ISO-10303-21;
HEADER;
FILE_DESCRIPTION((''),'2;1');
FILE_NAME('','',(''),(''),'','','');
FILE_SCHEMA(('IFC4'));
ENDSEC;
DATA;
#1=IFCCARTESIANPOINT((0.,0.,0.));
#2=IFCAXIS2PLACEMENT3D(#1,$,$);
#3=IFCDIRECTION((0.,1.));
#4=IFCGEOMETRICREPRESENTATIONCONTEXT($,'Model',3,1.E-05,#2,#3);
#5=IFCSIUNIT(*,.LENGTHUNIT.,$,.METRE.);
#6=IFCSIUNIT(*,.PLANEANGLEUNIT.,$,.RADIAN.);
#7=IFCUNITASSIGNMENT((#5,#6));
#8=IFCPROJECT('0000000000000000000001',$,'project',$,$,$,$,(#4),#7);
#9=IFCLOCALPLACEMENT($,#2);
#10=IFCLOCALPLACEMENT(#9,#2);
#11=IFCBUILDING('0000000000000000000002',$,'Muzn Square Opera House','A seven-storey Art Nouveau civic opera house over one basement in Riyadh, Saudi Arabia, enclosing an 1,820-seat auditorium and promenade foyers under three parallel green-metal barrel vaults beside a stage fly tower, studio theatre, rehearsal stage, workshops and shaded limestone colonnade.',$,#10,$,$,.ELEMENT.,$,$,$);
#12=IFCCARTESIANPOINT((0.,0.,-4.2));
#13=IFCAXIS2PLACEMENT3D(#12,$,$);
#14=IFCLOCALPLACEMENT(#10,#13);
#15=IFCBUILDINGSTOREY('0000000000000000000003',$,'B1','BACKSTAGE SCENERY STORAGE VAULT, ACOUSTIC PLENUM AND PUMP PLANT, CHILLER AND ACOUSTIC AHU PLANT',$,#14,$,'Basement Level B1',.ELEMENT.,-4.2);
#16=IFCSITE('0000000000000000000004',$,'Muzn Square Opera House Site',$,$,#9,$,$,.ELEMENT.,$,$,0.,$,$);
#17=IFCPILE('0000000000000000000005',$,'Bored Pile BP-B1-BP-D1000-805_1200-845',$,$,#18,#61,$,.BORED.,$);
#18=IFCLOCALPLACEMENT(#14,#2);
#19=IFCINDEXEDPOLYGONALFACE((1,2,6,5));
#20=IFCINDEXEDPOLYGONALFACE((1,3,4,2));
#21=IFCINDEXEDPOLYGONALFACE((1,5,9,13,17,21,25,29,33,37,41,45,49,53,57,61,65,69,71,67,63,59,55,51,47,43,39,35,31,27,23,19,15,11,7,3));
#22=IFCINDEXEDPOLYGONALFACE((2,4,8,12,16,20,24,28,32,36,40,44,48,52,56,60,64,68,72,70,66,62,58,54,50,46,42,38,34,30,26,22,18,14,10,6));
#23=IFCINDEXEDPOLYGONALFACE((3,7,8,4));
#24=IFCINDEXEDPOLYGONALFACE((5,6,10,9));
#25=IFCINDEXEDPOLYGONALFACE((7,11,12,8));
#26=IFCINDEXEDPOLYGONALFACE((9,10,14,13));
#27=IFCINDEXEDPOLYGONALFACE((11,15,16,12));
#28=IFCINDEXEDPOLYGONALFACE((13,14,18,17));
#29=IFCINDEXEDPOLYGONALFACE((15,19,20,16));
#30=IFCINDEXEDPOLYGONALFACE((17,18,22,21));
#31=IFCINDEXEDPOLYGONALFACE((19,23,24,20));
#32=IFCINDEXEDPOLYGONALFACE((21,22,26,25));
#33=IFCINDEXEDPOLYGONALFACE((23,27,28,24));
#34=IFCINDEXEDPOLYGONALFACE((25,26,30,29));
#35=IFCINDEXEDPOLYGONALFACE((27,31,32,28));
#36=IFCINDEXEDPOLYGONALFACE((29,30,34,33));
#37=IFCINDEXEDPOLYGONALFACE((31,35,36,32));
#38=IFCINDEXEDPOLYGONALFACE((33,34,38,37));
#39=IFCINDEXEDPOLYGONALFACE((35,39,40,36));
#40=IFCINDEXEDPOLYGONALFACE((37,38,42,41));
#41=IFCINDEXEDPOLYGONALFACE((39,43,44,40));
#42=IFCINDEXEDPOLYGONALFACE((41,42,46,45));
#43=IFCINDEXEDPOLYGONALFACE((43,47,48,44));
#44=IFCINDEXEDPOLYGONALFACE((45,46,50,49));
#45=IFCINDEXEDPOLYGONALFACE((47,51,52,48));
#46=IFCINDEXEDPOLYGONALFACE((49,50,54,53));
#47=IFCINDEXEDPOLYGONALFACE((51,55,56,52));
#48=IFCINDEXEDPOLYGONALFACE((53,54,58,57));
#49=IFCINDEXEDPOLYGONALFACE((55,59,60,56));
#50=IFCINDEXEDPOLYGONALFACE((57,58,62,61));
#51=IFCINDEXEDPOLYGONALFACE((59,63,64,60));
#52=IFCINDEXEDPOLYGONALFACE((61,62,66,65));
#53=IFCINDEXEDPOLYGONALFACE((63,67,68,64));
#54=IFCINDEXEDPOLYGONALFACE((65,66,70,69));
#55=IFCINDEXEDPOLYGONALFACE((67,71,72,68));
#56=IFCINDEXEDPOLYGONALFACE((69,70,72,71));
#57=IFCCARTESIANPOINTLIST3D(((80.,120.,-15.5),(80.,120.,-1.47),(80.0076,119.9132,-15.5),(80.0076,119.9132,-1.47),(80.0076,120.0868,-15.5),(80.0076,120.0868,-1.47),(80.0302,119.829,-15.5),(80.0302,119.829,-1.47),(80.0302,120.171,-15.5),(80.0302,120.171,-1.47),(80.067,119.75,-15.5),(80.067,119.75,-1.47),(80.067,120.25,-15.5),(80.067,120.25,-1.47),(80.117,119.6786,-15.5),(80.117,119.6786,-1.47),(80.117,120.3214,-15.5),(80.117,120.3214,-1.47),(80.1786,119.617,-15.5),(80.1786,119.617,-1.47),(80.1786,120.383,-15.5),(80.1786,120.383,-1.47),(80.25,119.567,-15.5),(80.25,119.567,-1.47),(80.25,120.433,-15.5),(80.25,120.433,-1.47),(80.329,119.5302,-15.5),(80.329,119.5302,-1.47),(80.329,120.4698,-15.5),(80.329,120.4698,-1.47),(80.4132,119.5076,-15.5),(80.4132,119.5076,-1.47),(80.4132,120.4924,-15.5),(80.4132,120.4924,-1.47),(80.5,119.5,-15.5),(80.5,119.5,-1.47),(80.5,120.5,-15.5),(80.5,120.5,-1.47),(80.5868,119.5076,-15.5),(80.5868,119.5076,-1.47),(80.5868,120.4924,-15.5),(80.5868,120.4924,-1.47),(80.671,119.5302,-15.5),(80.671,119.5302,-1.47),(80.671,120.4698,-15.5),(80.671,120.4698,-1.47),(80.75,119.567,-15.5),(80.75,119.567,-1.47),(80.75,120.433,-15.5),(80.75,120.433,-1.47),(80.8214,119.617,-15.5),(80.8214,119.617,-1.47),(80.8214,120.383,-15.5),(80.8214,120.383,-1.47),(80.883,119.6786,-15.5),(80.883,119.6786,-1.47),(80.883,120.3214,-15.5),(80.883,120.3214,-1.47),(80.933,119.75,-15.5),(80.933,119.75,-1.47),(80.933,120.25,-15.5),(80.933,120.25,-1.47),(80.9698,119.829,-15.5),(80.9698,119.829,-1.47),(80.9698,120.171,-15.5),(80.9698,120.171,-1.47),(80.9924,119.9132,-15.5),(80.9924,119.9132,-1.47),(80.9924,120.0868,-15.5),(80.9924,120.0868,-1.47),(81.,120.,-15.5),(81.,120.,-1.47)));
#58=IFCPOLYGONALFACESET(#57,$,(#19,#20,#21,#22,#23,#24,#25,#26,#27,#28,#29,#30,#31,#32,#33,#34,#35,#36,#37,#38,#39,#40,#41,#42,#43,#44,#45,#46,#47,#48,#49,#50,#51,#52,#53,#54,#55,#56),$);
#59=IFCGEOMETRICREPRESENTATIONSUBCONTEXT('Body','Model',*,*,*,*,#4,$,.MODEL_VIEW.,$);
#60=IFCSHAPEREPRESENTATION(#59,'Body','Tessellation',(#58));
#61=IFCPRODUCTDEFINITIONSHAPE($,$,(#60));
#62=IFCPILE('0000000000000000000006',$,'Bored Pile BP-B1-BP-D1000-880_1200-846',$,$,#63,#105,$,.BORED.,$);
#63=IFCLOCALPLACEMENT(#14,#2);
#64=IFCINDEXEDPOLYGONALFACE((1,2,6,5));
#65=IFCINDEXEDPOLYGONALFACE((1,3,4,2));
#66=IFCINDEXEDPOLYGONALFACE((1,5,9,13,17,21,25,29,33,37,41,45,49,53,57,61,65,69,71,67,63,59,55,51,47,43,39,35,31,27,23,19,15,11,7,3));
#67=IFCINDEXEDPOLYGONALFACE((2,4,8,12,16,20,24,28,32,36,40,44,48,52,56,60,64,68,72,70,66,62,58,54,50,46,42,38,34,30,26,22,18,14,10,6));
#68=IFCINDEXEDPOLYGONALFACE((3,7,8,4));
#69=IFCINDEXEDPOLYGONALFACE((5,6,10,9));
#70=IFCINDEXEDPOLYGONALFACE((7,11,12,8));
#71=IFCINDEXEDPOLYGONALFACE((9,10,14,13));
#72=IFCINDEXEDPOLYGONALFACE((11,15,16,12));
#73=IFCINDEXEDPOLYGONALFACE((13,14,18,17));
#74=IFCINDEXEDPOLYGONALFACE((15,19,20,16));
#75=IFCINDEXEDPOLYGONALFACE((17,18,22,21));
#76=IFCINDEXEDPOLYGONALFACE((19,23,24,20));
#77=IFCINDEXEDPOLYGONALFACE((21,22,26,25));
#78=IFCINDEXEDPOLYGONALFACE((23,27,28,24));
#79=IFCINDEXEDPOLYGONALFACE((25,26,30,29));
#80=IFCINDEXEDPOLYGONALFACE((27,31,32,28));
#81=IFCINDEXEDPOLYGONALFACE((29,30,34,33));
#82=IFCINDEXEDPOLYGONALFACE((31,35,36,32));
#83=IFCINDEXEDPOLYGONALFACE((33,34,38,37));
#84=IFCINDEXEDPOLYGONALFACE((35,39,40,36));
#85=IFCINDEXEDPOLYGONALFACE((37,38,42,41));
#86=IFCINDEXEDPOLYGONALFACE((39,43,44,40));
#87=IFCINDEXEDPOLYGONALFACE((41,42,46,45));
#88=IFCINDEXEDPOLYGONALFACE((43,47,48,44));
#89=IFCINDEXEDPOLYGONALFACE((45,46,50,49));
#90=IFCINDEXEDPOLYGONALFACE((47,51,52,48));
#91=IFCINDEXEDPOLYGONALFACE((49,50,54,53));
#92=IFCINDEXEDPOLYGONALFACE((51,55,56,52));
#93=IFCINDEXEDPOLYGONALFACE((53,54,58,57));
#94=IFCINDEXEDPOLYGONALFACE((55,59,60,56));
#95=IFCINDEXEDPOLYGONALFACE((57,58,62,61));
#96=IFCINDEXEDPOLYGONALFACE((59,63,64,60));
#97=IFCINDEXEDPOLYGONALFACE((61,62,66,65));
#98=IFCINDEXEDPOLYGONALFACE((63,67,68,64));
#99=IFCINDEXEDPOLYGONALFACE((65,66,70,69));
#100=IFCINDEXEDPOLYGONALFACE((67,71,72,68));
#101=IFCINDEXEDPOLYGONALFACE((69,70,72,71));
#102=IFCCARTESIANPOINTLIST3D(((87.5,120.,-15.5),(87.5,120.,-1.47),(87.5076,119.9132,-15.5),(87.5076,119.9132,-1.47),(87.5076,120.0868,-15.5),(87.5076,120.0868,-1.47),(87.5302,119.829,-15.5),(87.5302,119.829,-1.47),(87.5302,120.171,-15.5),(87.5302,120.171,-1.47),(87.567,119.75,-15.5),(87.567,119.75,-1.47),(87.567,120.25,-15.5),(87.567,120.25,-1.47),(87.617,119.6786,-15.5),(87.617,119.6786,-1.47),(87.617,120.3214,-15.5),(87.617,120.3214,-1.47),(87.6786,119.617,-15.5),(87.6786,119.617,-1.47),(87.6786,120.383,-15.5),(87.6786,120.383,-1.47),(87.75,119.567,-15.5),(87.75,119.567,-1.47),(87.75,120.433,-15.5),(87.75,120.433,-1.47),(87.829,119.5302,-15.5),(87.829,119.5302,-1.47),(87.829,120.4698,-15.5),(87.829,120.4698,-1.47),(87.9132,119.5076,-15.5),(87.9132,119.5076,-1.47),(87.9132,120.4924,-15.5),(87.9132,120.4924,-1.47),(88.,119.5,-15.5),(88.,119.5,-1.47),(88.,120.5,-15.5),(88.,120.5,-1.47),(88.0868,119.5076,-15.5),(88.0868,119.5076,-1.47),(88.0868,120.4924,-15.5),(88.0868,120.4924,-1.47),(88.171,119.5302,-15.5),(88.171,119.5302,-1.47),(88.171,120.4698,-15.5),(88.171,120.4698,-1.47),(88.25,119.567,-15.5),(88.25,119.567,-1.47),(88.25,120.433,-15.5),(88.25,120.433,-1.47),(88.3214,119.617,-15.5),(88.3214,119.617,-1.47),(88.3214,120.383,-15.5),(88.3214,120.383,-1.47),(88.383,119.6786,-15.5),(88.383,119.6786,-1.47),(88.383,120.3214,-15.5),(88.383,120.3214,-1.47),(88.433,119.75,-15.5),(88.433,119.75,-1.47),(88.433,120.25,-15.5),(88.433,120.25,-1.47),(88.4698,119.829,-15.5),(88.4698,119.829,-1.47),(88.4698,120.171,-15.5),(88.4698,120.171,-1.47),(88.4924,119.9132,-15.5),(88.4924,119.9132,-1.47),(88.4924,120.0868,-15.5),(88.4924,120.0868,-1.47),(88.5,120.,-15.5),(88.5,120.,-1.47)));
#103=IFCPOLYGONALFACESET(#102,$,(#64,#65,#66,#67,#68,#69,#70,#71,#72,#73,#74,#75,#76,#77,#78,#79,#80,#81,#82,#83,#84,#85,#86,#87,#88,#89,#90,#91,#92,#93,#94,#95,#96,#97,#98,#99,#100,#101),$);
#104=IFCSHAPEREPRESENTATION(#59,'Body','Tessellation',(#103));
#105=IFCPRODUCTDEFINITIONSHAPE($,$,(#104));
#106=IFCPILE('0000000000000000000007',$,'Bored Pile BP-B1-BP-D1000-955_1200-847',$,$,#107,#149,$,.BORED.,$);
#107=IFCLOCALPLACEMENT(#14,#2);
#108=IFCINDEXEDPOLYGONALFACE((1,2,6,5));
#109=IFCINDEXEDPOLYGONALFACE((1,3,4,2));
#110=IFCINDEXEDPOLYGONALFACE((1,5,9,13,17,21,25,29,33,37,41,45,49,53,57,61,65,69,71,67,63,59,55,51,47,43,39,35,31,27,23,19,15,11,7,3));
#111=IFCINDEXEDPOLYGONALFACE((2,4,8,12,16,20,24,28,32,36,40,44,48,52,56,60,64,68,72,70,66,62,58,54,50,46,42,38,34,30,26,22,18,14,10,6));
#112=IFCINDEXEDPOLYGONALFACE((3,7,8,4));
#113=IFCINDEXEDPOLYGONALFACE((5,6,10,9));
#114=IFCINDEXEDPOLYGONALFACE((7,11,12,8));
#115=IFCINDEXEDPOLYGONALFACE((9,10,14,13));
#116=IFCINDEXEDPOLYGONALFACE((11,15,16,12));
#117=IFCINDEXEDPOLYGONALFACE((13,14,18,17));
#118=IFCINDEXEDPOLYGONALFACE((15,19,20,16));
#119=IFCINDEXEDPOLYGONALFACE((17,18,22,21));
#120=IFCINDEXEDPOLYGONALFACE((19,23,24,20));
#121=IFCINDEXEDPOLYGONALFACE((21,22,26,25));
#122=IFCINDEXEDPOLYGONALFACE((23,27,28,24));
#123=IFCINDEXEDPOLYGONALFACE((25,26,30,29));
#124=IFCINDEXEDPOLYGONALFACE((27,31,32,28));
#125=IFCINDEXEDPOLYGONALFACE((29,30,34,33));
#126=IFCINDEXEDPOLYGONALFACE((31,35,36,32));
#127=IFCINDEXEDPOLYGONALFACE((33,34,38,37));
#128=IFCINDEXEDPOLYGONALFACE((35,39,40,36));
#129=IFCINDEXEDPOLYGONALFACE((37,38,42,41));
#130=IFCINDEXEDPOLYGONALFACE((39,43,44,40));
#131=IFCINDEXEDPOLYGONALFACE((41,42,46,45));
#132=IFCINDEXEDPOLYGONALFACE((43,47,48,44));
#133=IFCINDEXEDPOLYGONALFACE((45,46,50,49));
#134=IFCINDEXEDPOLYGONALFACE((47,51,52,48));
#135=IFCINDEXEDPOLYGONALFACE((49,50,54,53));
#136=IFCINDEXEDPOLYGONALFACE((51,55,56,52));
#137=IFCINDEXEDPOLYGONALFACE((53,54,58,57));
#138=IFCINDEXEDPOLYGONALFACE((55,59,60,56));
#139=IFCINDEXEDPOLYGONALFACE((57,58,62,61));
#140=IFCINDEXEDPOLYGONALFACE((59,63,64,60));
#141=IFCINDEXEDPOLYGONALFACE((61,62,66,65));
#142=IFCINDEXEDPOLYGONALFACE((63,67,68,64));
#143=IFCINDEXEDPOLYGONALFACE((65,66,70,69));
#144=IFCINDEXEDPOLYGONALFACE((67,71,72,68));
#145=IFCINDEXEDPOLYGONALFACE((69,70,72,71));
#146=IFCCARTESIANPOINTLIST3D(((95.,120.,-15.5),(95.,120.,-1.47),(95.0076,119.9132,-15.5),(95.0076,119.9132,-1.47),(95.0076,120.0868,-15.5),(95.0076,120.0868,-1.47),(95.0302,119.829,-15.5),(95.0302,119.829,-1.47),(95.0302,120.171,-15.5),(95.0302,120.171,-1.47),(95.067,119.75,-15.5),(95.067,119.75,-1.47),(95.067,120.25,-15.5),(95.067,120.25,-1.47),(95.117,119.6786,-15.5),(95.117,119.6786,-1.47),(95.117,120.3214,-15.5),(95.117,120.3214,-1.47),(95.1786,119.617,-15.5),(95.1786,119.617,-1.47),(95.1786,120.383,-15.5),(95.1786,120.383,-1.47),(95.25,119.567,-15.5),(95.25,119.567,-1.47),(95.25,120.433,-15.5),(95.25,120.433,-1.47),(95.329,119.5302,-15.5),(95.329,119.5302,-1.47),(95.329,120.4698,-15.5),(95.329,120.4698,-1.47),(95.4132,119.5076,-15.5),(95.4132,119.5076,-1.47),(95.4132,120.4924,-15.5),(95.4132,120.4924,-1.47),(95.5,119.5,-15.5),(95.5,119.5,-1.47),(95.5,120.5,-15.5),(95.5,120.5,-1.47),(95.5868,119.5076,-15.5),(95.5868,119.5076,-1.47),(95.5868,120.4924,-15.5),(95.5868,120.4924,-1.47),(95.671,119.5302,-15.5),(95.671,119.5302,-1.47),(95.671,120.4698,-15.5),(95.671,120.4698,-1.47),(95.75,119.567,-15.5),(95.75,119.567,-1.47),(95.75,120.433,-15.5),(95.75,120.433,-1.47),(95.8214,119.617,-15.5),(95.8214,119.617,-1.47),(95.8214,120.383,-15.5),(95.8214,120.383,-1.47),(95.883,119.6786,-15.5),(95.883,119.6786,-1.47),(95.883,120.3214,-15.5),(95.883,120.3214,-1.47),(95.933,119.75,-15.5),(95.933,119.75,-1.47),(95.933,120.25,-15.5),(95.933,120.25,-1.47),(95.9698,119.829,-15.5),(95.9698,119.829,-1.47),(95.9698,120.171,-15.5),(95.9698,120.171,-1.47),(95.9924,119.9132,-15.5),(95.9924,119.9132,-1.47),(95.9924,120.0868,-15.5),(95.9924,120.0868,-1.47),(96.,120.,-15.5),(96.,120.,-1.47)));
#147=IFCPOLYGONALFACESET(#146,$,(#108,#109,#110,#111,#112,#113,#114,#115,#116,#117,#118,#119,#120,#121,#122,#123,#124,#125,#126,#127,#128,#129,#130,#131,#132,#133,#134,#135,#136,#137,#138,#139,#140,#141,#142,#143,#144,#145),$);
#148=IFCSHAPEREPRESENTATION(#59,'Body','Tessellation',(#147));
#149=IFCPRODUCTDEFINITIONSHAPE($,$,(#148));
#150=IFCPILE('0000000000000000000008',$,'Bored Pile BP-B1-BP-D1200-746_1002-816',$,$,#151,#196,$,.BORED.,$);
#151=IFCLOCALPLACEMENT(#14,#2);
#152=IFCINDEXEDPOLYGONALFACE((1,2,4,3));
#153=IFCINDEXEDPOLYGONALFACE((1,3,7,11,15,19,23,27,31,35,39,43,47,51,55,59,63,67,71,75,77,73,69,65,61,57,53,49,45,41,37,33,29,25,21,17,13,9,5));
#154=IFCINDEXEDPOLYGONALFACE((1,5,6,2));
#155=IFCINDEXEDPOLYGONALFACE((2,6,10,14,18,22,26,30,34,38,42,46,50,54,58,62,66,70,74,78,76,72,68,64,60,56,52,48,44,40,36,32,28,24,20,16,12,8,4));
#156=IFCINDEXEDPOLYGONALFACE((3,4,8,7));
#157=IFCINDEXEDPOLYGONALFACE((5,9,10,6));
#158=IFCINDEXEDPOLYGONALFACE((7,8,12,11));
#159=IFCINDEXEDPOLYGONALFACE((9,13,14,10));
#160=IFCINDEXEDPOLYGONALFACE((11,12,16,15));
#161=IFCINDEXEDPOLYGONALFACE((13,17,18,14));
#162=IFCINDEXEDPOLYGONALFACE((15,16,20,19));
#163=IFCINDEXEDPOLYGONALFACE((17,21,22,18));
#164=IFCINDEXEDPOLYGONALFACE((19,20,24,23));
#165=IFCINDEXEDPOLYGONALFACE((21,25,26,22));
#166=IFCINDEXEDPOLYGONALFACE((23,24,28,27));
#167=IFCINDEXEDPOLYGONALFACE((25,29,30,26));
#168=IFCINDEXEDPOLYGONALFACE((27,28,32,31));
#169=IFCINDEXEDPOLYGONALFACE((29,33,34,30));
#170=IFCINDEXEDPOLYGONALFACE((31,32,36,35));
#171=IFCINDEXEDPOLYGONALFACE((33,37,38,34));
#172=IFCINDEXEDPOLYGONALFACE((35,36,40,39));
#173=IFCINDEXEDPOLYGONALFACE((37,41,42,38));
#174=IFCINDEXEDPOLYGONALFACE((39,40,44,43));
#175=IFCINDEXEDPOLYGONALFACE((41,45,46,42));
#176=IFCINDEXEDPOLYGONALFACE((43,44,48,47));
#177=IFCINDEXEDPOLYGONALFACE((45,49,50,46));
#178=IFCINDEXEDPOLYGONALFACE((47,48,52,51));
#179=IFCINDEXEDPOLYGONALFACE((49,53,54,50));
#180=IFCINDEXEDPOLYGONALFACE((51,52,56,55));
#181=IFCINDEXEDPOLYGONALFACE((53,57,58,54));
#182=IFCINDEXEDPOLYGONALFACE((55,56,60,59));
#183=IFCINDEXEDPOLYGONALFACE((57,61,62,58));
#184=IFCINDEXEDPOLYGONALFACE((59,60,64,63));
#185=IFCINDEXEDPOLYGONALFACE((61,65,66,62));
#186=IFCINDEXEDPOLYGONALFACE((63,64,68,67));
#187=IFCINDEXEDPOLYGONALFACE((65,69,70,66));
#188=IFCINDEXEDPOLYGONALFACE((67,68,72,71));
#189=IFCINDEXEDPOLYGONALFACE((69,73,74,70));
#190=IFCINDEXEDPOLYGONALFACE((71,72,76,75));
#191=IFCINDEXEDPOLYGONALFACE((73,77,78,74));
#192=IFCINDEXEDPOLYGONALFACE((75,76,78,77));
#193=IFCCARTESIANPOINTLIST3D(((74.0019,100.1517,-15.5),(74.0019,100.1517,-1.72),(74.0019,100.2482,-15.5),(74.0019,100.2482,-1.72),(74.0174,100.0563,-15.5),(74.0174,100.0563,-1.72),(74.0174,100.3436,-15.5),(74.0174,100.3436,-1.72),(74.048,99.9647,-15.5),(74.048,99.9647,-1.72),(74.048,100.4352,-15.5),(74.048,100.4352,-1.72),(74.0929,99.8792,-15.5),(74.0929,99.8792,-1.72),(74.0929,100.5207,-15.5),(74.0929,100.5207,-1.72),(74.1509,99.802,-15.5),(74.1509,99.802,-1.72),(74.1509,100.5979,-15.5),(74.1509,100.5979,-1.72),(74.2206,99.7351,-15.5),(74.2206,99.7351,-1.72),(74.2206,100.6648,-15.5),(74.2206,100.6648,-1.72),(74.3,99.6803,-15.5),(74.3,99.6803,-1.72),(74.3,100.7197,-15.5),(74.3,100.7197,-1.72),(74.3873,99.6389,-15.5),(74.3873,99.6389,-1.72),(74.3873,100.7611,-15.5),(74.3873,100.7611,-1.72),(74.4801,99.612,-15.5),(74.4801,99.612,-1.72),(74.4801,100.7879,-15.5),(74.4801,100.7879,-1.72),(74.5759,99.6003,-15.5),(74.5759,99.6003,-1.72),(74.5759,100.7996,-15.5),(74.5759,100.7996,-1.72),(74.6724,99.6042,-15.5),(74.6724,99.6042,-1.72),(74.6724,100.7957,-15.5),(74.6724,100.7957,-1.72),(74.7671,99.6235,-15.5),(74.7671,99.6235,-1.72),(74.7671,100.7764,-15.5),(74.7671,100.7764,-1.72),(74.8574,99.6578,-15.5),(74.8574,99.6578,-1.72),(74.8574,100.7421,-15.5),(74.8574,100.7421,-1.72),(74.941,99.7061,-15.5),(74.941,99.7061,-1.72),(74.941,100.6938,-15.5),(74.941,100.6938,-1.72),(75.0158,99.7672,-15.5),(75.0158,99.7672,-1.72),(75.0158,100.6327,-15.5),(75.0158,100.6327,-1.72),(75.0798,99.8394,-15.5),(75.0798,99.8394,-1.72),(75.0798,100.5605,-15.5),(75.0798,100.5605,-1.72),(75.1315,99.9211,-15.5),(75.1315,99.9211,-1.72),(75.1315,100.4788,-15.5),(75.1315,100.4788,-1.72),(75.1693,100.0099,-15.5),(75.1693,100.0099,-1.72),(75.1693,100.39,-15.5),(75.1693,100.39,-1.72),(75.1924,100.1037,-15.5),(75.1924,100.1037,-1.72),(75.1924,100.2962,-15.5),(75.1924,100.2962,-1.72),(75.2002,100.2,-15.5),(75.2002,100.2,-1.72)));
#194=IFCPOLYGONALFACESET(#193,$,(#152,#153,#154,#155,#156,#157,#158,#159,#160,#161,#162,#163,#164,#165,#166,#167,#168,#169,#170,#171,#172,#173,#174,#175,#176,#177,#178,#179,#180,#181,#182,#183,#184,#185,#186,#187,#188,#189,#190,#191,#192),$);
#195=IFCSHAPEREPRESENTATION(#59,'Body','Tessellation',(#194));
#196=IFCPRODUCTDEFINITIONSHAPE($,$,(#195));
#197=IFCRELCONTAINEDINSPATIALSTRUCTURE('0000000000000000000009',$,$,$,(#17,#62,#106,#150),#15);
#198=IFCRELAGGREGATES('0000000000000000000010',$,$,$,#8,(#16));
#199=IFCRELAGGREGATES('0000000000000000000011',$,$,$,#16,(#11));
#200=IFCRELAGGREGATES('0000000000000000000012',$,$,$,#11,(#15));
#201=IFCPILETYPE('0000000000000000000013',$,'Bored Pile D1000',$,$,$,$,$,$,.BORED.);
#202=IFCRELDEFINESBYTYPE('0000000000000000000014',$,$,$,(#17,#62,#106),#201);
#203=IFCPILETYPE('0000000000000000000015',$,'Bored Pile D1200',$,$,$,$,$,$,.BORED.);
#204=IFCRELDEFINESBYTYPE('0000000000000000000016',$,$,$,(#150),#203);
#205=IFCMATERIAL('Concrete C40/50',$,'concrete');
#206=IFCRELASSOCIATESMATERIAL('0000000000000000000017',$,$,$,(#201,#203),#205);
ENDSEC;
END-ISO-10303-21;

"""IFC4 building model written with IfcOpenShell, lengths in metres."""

from ifc_helpers import new_model, si_unit, direction, frame, origin, origin_2d, place, context, subcontext, project, spatial, circle, extrude, material, material_profile, profile_set, type_object, element, save


model = new_model("IFC4")

# Units and contexts
model_context = context("Model", 3, precision=1e-05, world=origin(), true_north=direction((0.0, 1.0)))
body_context = subcontext(model_context, "Body", "Model", "MODEL_VIEW")
ifc_project = project(units=[si_unit("LENGTHUNIT", "METRE"), si_unit("PLANEANGLEUNIT", "RADIAN")], contexts=[model_context])

# Site, building, storey
site_placement = place(None, origin())
site = spatial("IfcSite", under=ifc_project, at=site_placement, Name="Muzn Square Opera House Site", CompositionType="ELEMENT", RefElevation=0.0)
building_placement = place(site_placement, origin())
building = spatial("IfcBuilding", under=site, at=building_placement, Name="Muzn Square Opera House", Description="A seven-storey Art Nouveau civic opera house over one basement in Riyadh, Saudi Arabia, enclosing an 1,820-seat auditorium and promenade foyers under three parallel green-metal barrel vaults beside a stage fly tower, studio theatre, rehearsal stage, workshops and shaded limestone colonnade.", CompositionType="ELEMENT")
storey_placement = place(building_placement, frame((0.0, 0.0, -4.2)))
storey = spatial("IfcBuildingStorey", under=building, at=storey_placement, Name="B1", Description="BACKSTAGE SCENERY STORAGE VAULT, ACOUSTIC PLENUM AND PUMP PLANT, CHILLER AND ACOUSTIC AHU PLANT", LongName="Basement Level B1", CompositionType="ELEMENT", Elevation=-4.2)

# Piles
ifc_material_1 = material(Name="Concrete C40/50", Category="concrete")
ifc_material_profile_1 = material_profile(ifc_material_1, circle(Radius=0.5, at=origin_2d()), Name="BORED PILE D1000", Category="concrete")
ifc_profile_set_1 = profile_set([ifc_material_profile_1], Name="Concrete C40/50")
pile_type_1 = type_object("IfcPileType", Name="Bored Pile D1000", PredefinedType="BORED", material=ifc_profile_set_1)
for number, where, z_axis, x_axis, name in (
    (1, (80.5, 120.0, -1.47), (0.0, 0.0, -1.0), (1.0, 0.0, 0.0), "Bored Pile BP-B1-BP-D1000-805_1200-845"),
    (2, (88.0, 120.0, -1.47), (0.0, 0.0, -1.0), (1.0, 0.0, 0.0), "Bored Pile BP-B1-BP-D1000-880_1200-846"),
    (3, (95.5, 120.0, -1.47), (0.0, 0.0, -1.0), (1.0, 0.0, 0.0), "Bored Pile BP-B1-BP-D1000-955_1200-847"),
):
    element("IfcPile", number, at=place(storey_placement, frame(where, z_axis=z_axis, x_axis=x_axis)), inside=storey, type_object=pile_type_1, Name=name, PredefinedType="BORED", context=body_context, shape_type="SweptSolid", body=[
        extrude(circle(Radius=0.5, at=origin_2d()), origin(), (0.0, 0.0, 1.0), 14.03),
    ])
ifc_material_profile_2 = material_profile(ifc_material_1, circle(Radius=0.6001, at=origin_2d()), Name="BORED PILE D1200", Category="concrete")
ifc_profile_set_2 = profile_set([ifc_material_profile_2], Name="Concrete C40/50")
pile_type_2 = type_object("IfcPileType", Name="Bored Pile D1200", PredefinedType="BORED", material=ifc_profile_set_2)
pile_placement = place(storey_placement, frame((74.6001, 100.2, -1.72), z_axis=(0.0, 0.0, -1.0), x_axis=(1.0, 0.0, 0.0)))
element("IfcPile", 4, at=pile_placement, inside=storey, type_object=pile_type_2, Name="Bored Pile BP-B1-BP-D1200-746_1002-816", PredefinedType="BORED", context=body_context, shape_type="SweptSolid", body=[
    extrude(circle(Radius=0.6001, at=origin_2d()), origin(), (0.0, 0.0, 1.0), 13.78),
])

save(model, "model.ifc")
